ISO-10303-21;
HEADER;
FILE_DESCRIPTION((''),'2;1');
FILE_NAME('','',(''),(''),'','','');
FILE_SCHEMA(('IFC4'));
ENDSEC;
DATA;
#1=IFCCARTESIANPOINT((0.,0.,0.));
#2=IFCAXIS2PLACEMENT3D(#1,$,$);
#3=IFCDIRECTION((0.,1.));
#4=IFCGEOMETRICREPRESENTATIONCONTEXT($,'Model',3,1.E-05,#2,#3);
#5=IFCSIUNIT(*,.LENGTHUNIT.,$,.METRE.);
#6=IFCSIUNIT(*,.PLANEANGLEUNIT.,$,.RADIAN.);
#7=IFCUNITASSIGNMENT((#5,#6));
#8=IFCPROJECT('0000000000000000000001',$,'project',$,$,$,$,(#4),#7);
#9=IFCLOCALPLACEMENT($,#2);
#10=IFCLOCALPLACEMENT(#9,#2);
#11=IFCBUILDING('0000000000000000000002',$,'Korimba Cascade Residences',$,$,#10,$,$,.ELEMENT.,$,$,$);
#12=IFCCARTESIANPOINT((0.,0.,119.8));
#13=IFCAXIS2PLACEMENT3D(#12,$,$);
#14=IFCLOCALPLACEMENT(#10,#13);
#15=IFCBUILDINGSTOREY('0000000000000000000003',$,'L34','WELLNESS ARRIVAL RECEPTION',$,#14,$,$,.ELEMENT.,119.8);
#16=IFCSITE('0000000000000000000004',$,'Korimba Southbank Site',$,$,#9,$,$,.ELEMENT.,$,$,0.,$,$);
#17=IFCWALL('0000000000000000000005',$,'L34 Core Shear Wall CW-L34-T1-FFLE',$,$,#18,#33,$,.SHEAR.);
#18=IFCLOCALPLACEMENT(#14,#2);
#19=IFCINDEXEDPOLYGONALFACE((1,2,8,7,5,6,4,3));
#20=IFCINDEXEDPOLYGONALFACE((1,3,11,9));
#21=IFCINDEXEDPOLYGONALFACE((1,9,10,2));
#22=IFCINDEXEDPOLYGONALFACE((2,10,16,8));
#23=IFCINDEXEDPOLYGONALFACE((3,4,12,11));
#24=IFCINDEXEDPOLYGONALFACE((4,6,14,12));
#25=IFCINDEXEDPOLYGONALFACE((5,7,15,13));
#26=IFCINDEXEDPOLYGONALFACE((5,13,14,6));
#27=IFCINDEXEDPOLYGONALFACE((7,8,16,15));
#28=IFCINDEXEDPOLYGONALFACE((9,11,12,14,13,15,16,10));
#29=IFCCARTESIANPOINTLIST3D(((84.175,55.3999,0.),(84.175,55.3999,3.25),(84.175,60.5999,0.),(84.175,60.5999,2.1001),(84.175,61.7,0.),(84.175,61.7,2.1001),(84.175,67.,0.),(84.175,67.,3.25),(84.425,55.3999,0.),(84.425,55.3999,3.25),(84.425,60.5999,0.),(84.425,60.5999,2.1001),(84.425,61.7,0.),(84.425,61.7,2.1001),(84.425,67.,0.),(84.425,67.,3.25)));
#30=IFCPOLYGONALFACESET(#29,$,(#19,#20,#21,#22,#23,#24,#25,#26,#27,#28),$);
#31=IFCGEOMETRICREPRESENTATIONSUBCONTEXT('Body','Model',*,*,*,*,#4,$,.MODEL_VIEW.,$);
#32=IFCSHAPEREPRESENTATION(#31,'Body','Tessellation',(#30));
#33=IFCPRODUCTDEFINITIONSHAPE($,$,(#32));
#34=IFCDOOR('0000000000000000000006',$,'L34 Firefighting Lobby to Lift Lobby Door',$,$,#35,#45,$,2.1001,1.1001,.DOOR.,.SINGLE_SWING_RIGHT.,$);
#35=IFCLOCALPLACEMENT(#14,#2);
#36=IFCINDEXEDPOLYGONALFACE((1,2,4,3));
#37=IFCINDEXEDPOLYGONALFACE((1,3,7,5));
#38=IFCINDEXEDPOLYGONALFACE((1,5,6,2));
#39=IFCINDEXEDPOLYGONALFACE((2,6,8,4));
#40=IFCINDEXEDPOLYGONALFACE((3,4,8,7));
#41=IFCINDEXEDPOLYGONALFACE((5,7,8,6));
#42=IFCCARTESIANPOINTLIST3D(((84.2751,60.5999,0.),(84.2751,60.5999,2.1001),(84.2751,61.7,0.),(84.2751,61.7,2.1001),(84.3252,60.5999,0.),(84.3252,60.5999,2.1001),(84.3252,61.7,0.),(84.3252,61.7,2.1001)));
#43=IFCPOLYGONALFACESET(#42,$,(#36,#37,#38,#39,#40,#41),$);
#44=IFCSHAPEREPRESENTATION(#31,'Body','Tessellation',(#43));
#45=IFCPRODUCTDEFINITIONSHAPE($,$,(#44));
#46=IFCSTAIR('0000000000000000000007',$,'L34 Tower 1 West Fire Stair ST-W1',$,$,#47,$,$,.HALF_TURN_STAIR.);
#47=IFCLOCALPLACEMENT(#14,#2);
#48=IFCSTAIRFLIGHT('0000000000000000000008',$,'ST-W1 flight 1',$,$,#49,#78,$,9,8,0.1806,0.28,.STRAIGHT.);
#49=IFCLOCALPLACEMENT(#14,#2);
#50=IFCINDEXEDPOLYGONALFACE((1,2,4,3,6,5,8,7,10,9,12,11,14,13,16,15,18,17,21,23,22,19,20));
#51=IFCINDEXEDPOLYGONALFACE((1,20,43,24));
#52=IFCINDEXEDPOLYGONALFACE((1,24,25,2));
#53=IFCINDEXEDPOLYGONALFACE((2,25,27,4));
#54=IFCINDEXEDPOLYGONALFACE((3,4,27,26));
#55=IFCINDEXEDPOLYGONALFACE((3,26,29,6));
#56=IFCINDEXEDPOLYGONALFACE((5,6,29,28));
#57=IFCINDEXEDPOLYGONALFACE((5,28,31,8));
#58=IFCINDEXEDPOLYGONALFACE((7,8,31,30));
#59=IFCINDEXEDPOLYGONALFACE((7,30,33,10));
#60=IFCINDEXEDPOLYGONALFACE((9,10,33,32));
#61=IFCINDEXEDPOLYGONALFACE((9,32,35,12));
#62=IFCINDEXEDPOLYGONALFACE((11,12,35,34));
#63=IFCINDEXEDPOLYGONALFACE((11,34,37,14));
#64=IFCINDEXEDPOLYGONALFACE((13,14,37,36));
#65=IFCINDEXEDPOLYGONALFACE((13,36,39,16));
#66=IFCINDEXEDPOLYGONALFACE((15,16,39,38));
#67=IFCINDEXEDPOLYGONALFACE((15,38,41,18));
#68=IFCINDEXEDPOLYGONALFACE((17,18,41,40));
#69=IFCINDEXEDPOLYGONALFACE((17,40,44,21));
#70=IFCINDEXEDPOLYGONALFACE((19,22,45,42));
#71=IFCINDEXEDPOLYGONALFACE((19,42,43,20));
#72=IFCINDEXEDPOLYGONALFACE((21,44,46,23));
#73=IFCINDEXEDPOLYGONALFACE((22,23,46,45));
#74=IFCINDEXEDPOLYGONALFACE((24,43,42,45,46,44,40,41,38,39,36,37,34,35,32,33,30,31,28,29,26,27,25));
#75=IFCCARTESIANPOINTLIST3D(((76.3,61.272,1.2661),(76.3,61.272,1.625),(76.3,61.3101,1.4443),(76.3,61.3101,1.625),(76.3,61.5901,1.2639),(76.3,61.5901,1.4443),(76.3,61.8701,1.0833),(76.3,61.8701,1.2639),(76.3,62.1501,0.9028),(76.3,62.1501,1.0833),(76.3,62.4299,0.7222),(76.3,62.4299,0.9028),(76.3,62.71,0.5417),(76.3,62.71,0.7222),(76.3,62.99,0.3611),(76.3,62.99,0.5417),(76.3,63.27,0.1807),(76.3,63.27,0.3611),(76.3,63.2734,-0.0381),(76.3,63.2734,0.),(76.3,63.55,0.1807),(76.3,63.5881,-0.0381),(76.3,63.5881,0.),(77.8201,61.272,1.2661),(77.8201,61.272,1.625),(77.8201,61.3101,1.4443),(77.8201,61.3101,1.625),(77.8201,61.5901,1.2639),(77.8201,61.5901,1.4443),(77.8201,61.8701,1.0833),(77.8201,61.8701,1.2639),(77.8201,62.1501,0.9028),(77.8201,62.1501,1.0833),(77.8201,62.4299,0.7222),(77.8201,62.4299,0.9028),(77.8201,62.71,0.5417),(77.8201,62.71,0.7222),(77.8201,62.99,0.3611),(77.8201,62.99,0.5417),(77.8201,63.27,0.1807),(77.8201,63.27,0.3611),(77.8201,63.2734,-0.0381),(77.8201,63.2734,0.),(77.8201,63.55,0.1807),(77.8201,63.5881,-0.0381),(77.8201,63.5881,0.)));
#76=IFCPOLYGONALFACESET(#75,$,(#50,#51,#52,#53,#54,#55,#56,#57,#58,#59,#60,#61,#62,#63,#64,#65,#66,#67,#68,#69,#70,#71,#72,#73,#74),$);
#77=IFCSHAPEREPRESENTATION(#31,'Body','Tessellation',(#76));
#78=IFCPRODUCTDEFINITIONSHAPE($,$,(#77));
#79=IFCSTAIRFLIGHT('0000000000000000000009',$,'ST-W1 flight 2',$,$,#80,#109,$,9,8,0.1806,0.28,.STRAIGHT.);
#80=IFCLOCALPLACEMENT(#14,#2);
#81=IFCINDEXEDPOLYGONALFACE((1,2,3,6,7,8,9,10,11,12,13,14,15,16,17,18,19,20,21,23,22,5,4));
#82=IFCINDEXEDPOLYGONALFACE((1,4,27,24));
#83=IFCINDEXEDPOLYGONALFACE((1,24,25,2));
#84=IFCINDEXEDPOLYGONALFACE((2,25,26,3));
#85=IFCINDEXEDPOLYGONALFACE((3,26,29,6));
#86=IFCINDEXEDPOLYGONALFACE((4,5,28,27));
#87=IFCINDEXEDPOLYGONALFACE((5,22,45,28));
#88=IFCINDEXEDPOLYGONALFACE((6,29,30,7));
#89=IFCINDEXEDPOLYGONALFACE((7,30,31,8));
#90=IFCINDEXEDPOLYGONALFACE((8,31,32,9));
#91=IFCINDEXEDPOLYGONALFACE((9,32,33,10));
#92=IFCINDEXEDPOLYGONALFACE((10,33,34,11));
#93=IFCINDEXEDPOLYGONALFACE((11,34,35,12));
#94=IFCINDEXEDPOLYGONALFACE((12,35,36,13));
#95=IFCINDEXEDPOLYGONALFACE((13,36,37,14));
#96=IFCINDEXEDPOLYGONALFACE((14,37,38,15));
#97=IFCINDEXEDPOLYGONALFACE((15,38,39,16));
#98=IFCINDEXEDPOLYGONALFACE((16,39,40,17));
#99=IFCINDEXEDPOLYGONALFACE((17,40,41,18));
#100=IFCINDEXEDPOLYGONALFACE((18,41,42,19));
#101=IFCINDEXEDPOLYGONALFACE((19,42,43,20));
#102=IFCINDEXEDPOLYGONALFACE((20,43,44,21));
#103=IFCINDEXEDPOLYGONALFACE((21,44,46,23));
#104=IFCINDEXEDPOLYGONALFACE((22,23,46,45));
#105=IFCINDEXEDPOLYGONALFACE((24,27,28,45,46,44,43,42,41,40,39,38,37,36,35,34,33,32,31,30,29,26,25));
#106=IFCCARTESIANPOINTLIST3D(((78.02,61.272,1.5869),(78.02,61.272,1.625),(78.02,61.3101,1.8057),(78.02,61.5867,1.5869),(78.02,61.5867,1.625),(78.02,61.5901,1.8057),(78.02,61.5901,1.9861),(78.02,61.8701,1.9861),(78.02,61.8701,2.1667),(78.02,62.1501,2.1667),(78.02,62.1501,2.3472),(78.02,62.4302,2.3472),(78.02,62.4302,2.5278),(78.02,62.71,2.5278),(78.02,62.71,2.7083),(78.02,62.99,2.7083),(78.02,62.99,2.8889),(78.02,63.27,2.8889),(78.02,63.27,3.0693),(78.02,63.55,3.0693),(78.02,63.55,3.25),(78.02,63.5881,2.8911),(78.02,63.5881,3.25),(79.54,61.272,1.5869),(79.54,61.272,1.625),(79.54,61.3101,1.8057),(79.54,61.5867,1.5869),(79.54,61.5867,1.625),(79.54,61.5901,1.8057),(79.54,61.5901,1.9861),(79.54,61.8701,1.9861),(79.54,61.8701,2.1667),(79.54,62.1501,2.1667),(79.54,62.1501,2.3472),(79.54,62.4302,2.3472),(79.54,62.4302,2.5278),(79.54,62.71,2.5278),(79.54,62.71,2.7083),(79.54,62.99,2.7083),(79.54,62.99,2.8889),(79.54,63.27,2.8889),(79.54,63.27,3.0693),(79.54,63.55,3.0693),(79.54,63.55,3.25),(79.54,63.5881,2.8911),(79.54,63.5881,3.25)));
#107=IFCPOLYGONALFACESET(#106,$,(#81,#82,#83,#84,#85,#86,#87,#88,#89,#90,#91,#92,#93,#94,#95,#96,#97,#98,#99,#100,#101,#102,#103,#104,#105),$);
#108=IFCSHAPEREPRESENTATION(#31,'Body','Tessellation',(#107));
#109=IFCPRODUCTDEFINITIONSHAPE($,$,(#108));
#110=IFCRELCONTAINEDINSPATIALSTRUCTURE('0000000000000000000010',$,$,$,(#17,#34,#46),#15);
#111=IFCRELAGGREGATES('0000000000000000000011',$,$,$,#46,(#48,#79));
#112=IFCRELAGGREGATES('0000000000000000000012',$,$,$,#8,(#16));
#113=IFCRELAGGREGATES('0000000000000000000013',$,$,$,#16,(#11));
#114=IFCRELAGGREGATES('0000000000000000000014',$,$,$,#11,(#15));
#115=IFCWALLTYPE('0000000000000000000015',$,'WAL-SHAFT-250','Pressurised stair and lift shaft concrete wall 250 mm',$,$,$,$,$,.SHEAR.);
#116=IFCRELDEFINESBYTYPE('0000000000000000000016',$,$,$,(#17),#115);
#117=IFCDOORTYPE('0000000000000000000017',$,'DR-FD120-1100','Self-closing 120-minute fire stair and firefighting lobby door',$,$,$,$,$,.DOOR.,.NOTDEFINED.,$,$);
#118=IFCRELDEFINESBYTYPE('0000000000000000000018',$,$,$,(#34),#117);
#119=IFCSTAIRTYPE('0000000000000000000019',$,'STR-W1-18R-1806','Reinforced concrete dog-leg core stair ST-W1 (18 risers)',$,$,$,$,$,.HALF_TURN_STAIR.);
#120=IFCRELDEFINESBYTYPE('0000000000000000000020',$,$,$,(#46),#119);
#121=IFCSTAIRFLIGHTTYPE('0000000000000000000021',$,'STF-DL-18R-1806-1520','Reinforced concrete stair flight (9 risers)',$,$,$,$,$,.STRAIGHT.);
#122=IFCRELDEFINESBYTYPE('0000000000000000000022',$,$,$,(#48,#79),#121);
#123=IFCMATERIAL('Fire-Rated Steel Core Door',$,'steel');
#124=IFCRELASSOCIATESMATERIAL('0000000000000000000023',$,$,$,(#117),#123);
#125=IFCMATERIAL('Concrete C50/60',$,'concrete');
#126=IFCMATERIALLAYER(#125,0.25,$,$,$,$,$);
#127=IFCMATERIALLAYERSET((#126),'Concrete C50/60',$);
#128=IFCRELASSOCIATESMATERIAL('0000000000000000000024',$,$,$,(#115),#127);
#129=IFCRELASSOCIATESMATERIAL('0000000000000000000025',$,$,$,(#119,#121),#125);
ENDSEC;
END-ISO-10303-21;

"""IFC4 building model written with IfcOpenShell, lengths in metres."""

from ifc_helpers import new_model, si_unit, direction, frame, frame_2d, origin, place, context, subcontext, project, spatial, polyline, rectangle, outline, extrude, material, layer, layer_set, type_object, element, fill, aggregate, save


model = new_model("IFC4")

# Units and contexts
model_context = context("Model", 3, precision=1e-05, world=origin(), true_north=direction((0.0, 1.0)))
body_context = subcontext(model_context, "Body", "Model", "MODEL_VIEW")
ifc_project = project(units=[si_unit("LENGTHUNIT", "METRE"), si_unit("PLANEANGLEUNIT", "RADIAN")], contexts=[model_context])

# Site, building, storey
site_placement = place(None, origin())
site = spatial("IfcSite", under=ifc_project, at=site_placement, Name="Korimba Southbank Site", CompositionType="ELEMENT", RefElevation=0.0)
building_placement = place(site_placement, origin())
building = spatial("IfcBuilding", under=site, at=building_placement, Name="Korimba Cascade Residences", CompositionType="ELEMENT")
storey_placement = place(building_placement, frame((0.0, 0.0, 119.8)))
storey = spatial("IfcBuildingStorey", under=building, at=storey_placement, Name="L34", Description="WELLNESS ARRIVAL RECEPTION", CompositionType="ELEMENT", Elevation=119.8)

# Shared definitions
ifc_material_1 = material(Name="Fire-Rated Steel Core Door", Category="steel")
door_type_1 = type_object("IfcDoorType", Name="DR-FD120-1100", Description="Self-closing 120-minute fire stair and firefighting lobby door", OperationType="NOTDEFINED", PredefinedType="DOOR", material=ifc_material_1)

# Shared definitions
ifc_material_2 = material(Name="Concrete C50/60", Category="concrete")
ifc_layer_1 = layer(ifc_material_2, 0.25)
ifc_layer_set_1 = layer_set([ifc_layer_1], Name="Concrete C50/60")
wall_type_1 = type_object("IfcWallType", Name="WAL-SHAFT-250", Description="Pressurised stair and lift shaft concrete wall 250 mm", PredefinedType="SHEAR", material=ifc_layer_set_1)

# Wall, opening, door
wall_1_placement = place(storey_placement, frame((84.3, 55.3999, 0.0), z_axis=(0.0, 0.0, 1.0), x_axis=(0.0, 1.0, 0.0)))
wall_1 = element("IfcWall", 1, at=wall_1_placement, inside=storey, type_object=wall_type_1, Name="L34 Core Shear Wall CW-L34-T1-FFLE", PredefinedType="SHEAR", context=body_context, shape_type="SweptSolid", body=[
    extrude(rectangle(XDim=11.6001, YDim=0.25, at=frame_2d((5.8, 0.0))), origin(), (0.0, 0.0, 1.0), 3.25),
])
opening_1_placement = place(wall_1_placement, frame((5.2, 0.0, 0.0)))
opening_1 = element("IfcOpeningElement", 2, at=opening_1_placement, cuts=wall_1, PredefinedType="OPENING", context=body_context, shape_type="SweptSolid", body=[
    extrude(rectangle(XDim=1.1001, YDim=2.1001, at=frame_2d((0.55, 1.05))), frame((0.0, 0.135, 0.0), z_axis=(0.0, -1.0, 0.0), x_axis=(1.0, 0.0, 0.0)), (0.0, 0.0, 1.0), 0.27),
])
door_1_placement = place(opening_1_placement, origin())
door_1 = element("IfcDoor", 3, at=door_1_placement, inside=storey, type_object=door_type_1, Name="L34 Firefighting Lobby to Lift Lobby Door", OperationType="SINGLE_SWING_RIGHT", OverallHeight=2.1001, OverallWidth=1.1001, PredefinedType="DOOR", context=body_context, shape_type="SweptSolid", body=[
    extrude(rectangle(XDim=1.1001, YDim=2.1001, at=frame_2d((0.55, 1.05))), frame((0.0, 0.0249, 0.0), z_axis=(0.0, -1.0, 0.0), x_axis=(1.0, 0.0, 0.0)), (0.0, 0.0, 1.0), 0.05),
])
fill(opening_1, door_1)

# Stair, stair flights
stair_type = type_object("IfcStairType", Name="STR-W1-18R-1806", Description="Reinforced concrete dog-leg core stair ST-W1 (18 risers)", PredefinedType="HALF_TURN_STAIR", material=ifc_material_2)
stair_placement = place(storey_placement, origin())
stair = element("IfcStair", 4, at=stair_placement, inside=storey, type_object=stair_type, Name="L34 Tower 1 West Fire Stair ST-W1", PredefinedType="HALF_TURN_STAIR")
stair_flight_type = type_object("IfcStairFlightType", Name="STF-DL-18R-1806-1520", Description="Reinforced concrete stair flight (9 risers)", PredefinedType="STRAIGHT", material=ifc_material_2)
stair_flight_1_placement = place(storey_placement, frame((77.0601, 63.55, 0.0), z_axis=(0.0, 0.0, 1.0), x_axis=(0.0, -1.0, 0.0)))
stair_flight_1 = element("IfcStairFlight", 5, at=stair_flight_1_placement, type_object=stair_flight_type, Name="ST-W1 flight 1", NumberOfRisers=9, NumberOfTreads=8, PredefinedType="STRAIGHT", RiserHeight=0.1806, TreadLength=0.28, context=body_context, shape_type="SweptSolid", body=[
    extrude(outline(polyline([(-0.0381, 0.0), (0.0, 0.1807), (0.28, 0.1807), (0.28, 0.3611), (0.5601, 0.3611), (0.5601, 0.5417), (0.8401, 0.5417), (0.8401, 0.7222), (1.1201, 0.7222), (1.1201, 0.9028), (1.3999, 0.9028), (1.3999, 1.0833), (1.6799, 1.0833), (1.6799, 1.2639), (1.96, 1.2639), (1.96, 1.4443), (2.24, 1.4443), (2.24, 1.625), (2.2781, 1.625), (2.2781, 1.2661), (0.2766, 0.0), (0.2766, -0.0381), (-0.0381, -0.0381), (-0.0381, 0.0)])), frame((0.0, 0.76, 0.0), z_axis=(0.0, -1.0, 0.0), x_axis=(1.0, 0.0, 0.0)), (0.0, 0.0, 1.0), 1.52),
])
stair_flight_2_placement = place(storey_placement, frame((78.78, 61.3101, 1.625), z_axis=(0.0, 0.0, 1.0), x_axis=(0.0, 1.0, 0.0)))
stair_flight_2 = element("IfcStairFlight", 6, at=stair_flight_2_placement, type_object=stair_flight_type, Name="ST-W1 flight 2", NumberOfRisers=9, NumberOfTreads=8, PredefinedType="STRAIGHT", RiserHeight=0.1806, TreadLength=0.28, context=body_context, shape_type="SweptSolid", body=[
    extrude(outline(polyline([(-0.0381, 0.0), (0.0, 0.1807), (0.28, 0.1807), (0.28, 0.3611), (0.5601, 0.3611), (0.5601, 0.5417), (0.8401, 0.5417), (0.8401, 0.7222), (1.1201, 0.7222), (1.1201, 0.9028), (1.3999, 0.9028), (1.3999, 1.0833), (1.6799, 1.0833), (1.6799, 1.2639), (1.96, 1.2639), (1.96, 1.4443), (2.24, 1.4443), (2.24, 1.625), (2.2781, 1.625), (2.2781, 1.2661), (0.2766, 0.0), (0.2766, -0.0381), (-0.0381, -0.0381), (-0.0381, 0.0)])), frame((0.0, 0.76, 0.0), z_axis=(0.0, -1.0, 0.0), x_axis=(1.0, 0.0, 0.0)), (0.0, 0.0, 1.0), 1.52),
])
aggregate(stair, [stair_flight_1, stair_flight_2])

save(model, "model.ifc")
